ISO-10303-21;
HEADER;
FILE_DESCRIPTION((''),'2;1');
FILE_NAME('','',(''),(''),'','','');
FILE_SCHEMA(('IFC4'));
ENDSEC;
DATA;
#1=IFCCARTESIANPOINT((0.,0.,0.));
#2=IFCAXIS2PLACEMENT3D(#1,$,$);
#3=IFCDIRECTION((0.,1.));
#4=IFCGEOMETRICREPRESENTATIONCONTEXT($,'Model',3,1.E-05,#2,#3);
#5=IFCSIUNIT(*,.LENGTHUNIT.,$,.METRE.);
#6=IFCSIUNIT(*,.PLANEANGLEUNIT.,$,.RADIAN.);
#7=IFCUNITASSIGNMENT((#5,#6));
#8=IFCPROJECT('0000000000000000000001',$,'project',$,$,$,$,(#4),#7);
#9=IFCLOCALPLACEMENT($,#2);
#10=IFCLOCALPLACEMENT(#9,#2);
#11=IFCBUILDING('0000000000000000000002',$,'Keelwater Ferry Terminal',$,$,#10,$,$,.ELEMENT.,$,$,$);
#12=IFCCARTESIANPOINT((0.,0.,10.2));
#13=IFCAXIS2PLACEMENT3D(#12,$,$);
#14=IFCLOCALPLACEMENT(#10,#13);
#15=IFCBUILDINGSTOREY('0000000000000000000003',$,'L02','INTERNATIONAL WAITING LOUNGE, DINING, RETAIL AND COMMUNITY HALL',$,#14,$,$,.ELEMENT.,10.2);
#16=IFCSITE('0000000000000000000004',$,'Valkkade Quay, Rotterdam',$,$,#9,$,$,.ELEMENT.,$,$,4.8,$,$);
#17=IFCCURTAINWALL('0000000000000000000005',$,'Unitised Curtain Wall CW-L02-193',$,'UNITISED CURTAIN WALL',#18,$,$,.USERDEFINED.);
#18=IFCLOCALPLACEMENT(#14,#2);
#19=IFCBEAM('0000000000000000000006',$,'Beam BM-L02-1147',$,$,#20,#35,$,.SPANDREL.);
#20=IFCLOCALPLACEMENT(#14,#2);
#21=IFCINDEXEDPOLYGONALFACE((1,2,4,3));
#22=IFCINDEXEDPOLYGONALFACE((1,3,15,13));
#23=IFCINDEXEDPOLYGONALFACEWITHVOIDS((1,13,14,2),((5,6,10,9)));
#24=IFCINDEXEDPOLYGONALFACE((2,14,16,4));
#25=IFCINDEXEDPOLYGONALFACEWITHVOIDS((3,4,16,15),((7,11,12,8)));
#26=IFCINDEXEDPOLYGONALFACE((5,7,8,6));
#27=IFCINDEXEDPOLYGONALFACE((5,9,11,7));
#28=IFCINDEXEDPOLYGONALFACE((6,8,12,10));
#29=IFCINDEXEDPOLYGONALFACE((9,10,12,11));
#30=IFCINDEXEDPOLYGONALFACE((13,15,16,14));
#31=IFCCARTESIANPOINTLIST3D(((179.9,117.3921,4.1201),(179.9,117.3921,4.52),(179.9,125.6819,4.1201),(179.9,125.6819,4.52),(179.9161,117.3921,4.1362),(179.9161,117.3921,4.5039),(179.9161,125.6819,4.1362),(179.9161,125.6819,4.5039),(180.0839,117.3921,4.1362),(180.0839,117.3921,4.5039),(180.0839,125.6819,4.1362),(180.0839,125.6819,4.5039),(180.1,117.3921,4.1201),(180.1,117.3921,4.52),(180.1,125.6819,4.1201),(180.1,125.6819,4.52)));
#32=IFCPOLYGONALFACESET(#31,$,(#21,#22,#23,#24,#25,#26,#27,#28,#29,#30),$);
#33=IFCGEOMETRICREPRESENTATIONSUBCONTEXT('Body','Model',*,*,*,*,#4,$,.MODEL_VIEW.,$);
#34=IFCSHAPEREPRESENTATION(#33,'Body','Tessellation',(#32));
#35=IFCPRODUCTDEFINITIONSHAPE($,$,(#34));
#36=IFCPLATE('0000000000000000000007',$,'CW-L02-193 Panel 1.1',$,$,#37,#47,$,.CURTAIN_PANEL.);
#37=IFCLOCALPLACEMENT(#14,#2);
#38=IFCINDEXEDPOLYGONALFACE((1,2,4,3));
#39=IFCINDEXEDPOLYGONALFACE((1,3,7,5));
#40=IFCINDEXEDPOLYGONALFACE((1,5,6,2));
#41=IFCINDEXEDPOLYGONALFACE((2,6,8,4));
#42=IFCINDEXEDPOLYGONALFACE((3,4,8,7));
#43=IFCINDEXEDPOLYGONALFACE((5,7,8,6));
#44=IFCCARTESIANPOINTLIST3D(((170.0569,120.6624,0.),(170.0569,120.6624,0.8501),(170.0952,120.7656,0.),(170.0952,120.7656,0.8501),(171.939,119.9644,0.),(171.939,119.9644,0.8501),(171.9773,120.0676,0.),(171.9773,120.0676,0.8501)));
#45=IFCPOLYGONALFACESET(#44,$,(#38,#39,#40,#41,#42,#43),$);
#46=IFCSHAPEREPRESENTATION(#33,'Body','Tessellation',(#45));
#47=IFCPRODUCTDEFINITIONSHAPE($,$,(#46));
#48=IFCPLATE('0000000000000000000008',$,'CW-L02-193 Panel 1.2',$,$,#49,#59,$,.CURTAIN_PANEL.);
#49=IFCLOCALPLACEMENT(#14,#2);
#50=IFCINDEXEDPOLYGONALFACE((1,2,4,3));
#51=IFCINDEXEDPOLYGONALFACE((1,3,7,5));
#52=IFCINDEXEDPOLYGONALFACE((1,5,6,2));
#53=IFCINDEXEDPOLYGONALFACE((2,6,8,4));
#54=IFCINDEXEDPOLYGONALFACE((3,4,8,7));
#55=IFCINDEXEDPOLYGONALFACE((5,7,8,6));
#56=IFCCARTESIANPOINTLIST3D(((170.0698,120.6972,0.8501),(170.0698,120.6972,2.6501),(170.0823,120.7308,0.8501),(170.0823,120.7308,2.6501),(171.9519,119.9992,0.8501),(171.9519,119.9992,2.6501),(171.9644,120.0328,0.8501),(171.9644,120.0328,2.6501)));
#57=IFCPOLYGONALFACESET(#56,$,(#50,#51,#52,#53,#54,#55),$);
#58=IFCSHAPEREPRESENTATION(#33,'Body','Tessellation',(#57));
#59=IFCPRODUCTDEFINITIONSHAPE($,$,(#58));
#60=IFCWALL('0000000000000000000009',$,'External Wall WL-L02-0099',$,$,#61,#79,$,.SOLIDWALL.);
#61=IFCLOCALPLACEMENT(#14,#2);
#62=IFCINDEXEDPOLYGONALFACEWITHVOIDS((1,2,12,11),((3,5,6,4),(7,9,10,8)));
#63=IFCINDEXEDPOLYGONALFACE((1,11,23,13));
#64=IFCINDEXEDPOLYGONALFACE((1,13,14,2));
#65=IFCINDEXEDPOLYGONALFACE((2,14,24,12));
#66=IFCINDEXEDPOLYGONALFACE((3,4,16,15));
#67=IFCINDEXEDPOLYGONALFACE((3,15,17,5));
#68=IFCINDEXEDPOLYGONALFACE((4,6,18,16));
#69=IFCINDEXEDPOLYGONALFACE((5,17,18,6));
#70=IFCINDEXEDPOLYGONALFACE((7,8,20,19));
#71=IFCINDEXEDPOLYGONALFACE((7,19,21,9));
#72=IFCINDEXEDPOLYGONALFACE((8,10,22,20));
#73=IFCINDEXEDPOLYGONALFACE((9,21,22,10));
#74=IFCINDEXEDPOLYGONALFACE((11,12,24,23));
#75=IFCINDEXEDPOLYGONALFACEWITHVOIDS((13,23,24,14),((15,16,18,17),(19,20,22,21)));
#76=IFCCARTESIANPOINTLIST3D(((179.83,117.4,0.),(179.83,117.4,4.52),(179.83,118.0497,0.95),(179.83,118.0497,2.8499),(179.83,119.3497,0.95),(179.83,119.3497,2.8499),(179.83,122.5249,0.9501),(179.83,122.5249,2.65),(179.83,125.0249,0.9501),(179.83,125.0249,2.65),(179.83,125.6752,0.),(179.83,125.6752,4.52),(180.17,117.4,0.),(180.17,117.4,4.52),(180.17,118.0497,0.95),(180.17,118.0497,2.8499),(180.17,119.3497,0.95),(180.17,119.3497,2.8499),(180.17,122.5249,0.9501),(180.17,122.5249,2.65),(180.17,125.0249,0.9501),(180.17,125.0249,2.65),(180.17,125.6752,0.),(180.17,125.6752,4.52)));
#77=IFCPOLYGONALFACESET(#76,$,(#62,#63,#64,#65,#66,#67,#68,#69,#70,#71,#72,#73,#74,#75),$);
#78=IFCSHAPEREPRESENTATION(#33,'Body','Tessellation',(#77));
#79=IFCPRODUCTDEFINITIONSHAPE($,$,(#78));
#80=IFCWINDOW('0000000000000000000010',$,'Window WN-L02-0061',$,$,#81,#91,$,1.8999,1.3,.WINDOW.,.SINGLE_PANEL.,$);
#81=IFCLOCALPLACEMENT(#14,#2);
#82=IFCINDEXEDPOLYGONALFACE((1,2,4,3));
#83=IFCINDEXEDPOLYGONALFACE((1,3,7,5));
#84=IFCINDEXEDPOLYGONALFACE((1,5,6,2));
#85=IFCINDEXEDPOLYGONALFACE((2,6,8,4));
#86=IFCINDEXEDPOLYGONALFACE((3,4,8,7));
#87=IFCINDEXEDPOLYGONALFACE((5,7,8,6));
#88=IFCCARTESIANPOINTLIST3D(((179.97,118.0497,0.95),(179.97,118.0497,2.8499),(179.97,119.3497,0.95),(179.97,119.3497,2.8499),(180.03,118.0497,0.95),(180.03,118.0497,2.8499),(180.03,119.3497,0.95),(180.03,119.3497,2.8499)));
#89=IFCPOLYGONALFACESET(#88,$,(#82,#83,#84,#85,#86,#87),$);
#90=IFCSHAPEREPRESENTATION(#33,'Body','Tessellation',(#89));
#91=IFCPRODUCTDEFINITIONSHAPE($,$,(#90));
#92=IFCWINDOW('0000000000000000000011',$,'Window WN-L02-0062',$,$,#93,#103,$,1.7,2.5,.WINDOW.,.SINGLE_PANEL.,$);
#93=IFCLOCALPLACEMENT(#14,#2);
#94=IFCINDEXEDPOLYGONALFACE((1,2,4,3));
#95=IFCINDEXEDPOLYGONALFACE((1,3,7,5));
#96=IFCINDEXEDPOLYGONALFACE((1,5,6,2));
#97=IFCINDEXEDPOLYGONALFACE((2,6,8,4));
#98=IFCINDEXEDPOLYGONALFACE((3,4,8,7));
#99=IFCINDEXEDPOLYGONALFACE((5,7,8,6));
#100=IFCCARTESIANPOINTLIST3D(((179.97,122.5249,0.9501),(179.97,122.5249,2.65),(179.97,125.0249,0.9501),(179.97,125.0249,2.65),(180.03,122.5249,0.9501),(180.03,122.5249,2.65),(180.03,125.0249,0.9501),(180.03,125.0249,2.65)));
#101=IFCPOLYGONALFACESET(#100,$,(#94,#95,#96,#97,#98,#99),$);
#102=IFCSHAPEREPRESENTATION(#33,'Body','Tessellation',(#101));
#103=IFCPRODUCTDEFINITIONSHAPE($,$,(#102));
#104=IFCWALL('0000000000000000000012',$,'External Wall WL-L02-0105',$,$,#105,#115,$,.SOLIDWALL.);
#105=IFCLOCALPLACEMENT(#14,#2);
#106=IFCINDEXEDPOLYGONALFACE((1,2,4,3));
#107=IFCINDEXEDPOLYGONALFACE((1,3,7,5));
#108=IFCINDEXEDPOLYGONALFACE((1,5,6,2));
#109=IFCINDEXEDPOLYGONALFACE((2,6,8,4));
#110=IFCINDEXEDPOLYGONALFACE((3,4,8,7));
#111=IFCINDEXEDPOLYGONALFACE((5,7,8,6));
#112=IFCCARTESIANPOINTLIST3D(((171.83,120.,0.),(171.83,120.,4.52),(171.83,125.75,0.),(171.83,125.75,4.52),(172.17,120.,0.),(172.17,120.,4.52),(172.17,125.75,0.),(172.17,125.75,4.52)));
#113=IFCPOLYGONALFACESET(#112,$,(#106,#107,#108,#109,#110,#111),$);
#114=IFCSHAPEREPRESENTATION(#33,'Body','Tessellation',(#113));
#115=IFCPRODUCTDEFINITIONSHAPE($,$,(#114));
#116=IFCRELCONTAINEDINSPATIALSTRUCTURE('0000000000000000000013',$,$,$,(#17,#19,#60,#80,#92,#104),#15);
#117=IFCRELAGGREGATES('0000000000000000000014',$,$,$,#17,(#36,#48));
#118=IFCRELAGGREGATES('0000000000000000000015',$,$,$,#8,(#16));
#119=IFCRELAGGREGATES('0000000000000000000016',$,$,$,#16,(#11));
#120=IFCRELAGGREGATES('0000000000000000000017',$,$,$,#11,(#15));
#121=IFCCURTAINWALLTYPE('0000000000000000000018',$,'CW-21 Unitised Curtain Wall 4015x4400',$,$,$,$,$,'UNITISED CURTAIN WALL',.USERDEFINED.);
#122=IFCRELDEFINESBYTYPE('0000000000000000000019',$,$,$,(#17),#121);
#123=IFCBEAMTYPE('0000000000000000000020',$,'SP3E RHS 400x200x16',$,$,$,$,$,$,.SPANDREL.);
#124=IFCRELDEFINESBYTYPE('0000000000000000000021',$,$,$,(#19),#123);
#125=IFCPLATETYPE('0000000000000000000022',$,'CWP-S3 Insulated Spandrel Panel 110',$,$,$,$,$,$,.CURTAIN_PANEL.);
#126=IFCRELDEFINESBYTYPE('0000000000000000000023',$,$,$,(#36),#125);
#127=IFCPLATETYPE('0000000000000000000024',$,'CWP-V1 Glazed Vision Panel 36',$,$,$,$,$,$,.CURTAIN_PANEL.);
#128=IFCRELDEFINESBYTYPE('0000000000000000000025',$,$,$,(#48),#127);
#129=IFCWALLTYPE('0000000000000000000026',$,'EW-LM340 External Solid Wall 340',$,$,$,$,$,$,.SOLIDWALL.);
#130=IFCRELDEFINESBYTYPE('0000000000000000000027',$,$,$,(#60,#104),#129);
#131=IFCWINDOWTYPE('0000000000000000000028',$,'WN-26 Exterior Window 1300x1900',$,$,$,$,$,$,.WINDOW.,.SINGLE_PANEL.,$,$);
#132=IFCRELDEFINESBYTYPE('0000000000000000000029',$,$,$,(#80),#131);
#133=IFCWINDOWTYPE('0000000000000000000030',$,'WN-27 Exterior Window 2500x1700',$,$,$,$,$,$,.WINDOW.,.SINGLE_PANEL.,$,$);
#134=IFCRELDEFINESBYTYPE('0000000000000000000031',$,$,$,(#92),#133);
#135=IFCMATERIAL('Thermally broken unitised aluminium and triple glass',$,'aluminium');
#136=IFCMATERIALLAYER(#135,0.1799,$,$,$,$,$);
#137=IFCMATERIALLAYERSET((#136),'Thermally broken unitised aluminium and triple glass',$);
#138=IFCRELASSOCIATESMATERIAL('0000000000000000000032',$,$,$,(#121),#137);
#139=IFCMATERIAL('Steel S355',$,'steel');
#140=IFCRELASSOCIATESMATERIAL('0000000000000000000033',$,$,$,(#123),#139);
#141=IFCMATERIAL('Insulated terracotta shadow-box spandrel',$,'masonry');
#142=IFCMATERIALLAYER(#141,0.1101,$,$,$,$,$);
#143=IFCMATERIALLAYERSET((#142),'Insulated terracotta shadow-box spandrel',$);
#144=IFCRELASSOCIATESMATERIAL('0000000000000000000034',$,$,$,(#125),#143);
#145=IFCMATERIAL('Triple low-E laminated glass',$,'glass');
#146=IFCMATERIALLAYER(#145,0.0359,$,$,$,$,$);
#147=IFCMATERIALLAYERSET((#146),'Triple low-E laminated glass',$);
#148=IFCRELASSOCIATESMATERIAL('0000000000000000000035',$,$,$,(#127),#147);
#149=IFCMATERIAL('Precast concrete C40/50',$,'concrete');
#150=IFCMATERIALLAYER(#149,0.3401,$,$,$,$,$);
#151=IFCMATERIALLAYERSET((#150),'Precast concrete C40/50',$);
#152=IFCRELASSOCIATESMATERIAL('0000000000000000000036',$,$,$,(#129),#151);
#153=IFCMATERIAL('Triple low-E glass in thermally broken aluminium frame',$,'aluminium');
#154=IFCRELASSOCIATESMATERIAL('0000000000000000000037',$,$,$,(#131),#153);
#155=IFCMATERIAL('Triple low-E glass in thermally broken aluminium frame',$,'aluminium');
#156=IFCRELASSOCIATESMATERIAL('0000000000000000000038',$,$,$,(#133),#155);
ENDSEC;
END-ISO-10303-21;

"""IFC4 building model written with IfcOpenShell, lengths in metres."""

from ifc_helpers import new_model, si_unit, direction, frame, frame_2d, origin, origin_2d, place, context, subcontext, project, spatial, rectangle, hollow_rectangle, extrude, material, layer, layer_set, material_profile, profile_set, type_object, element, fill, aggregate, save


model = new_model("IFC4")

# Units and contexts
model_context = context("Model", 3, precision=1e-05, world=origin(), true_north=direction((0.0, 1.0)))
body_context = subcontext(model_context, "Body", "Model", "MODEL_VIEW")
ifc_project = project(units=[si_unit("LENGTHUNIT", "METRE"), si_unit("PLANEANGLEUNIT", "RADIAN")], contexts=[model_context])

# Site, building, storey
site_placement = place(None, origin())
site = spatial("IfcSite", under=ifc_project, at=site_placement, Name="Valkkade Quay, Rotterdam", CompositionType="ELEMENT", RefElevation=4.8)
building_placement = place(site_placement, origin())
building = spatial("IfcBuilding", under=site, at=building_placement, Name="Keelwater Ferry Terminal", CompositionType="ELEMENT")
storey_placement = place(building_placement, frame((0.0, 0.0, 10.2)))
storey = spatial("IfcBuildingStorey", under=building, at=storey_placement, Name="L02", Description="INTERNATIONAL WAITING LOUNGE, DINING, RETAIL AND COMMUNITY HALL", CompositionType="ELEMENT", Elevation=10.2)

# Curtain wall
ifc_material_1 = material(Name="Thermally broken unitised aluminium and triple glass", Category="aluminium")
ifc_layer_1 = layer(ifc_material_1, 0.1799)
ifc_layer_set_1 = layer_set([ifc_layer_1], Name="Thermally broken unitised aluminium and triple glass")
curtain_wall_type = type_object("IfcCurtainWallType", Name="CW-21 Unitised Curtain Wall 4015x4400", ElementType="UNITISED CURTAIN WALL", PredefinedType="USERDEFINED", material=ifc_layer_set_1)
curtain_wall_placement = place(storey_placement, origin())
curtain_wall = element("IfcCurtainWall", 1, at=curtain_wall_placement, inside=storey, type_object=curtain_wall_type, Name="Unitised Curtain Wall CW-L02-193", ObjectType="UNITISED CURTAIN WALL", PredefinedType="USERDEFINED")

# Beam
ifc_material_2 = material(Name="Steel S355", Category="steel")
ifc_material_profile_1 = material_profile(ifc_material_2, hollow_rectangle(XDim=0.2, YDim=0.3999, WallThickness=0.0161, at=origin_2d()), Name="RHS 400x200x16")
ifc_profile_set_1 = profile_set([ifc_material_profile_1], Name="Steel S355")
beam_type_1 = type_object("IfcBeamType", Name="SP3E RHS 400x200x16", PredefinedType="SPANDREL", material=ifc_profile_set_1)
beam_1_placement = place(storey_placement, frame((180.0, 117.3921, 4.3201), z_axis=(0.0, 1.0, 0.0), x_axis=(-1.0, 0.0, 0.0)))
element("IfcBeam", 2, at=beam_1_placement, inside=storey, type_object=beam_type_1, Name="Beam BM-L02-1147", PredefinedType="SPANDREL", context=body_context, shape_type="SweptSolid", body=[
    extrude(hollow_rectangle(XDim=0.2, YDim=0.3999, WallThickness=0.0161, at=origin_2d()), origin(), (0.0, 0.0, 1.0), 8.2898),
])

# Plates
ifc_material_3 = material(Name="Insulated terracotta shadow-box spandrel", Category="masonry")
ifc_layer_2 = layer(ifc_material_3, 0.1101)
ifc_layer_set_2 = layer_set([ifc_layer_2], Name="Insulated terracotta shadow-box spandrel")
plate_type_1 = type_object("IfcPlateType", Name="CWP-S3 Insulated Spandrel Panel 110", PredefinedType="CURTAIN_PANEL", material=ifc_layer_set_2)
plate_1_placement = place(storey_placement, frame((171.0171, 120.365, 0.0), z_axis=(0.0, 0.0, 1.0), x_axis=(-0.937592, 0.347736, 0.0)))
plate_1 = element("IfcPlate", 3, at=plate_1_placement, type_object=plate_type_1, Name="CW-L02-193 Panel 1.1", PredefinedType="CURTAIN_PANEL", context=body_context, shape_type="SweptSolid", body=[
    extrude(rectangle(XDim=2.0073, YDim=0.1101, at=origin_2d()), origin(), (0.0, 0.0, 1.0), 0.8501),
])
ifc_material_4 = material(Name="Triple low-E laminated glass", Category="glass")
ifc_layer_3 = layer(ifc_material_4, 0.0359)
ifc_layer_set_3 = layer_set([ifc_layer_3], Name="Triple low-E laminated glass")
plate_type_2 = type_object("IfcPlateType", Name="CWP-V1 Glazed Vision Panel 36", PredefinedType="CURTAIN_PANEL", material=ifc_layer_set_3)
plate_2_placement = place(storey_placement, frame((171.0171, 120.365, 0.8501), z_axis=(0.0, 0.0, 1.0), x_axis=(-0.937592, 0.347736, 0.0)))
plate_2 = element("IfcPlate", 4, at=plate_2_placement, type_object=plate_type_2, Name="CW-L02-193 Panel 1.2", PredefinedType="CURTAIN_PANEL", context=body_context, shape_type="SweptSolid", body=[
    extrude(rectangle(XDim=2.0073, YDim=0.0359, at=origin_2d()), origin(), (0.0, 0.0, 1.0), 1.8),
])
aggregate(curtain_wall, [plate_1, plate_2])

# Wall, openings, windows
ifc_material_5 = material(Name="Precast concrete C40/50", Category="concrete")
ifc_layer_4 = layer(ifc_material_5, 0.3401)
ifc_layer_set_4 = layer_set([ifc_layer_4], Name="Precast concrete C40/50")
wall_type = type_object("IfcWallType", Name="EW-LM340 External Solid Wall 340", PredefinedType="SOLIDWALL", material=ifc_layer_set_4)
wall_1_placement = place(storey_placement, frame((180.0, 117.3999, 0.0), z_axis=(0.0, 0.0, 1.0), x_axis=(0.0, 1.0, 0.0)))
wall_1 = element("IfcWall", 5, at=wall_1_placement, inside=storey, type_object=wall_type, Name="External Wall WL-L02-0099", PredefinedType="SOLIDWALL", context=body_context, shape_type="SweptSolid", body=[
    extrude(rectangle(XDim=8.2751, YDim=0.3401, at=frame_2d((4.1377, 0.0))), origin(), (0.0, 0.0, 1.0), 4.52),
])
opening_1_placement = place(wall_1_placement, frame((0.6499, 0.0, 0.95)))
opening_1 = element("IfcOpeningElement", 6, at=opening_1_placement, cuts=wall_1, PredefinedType="OPENING", context=body_context, shape_type="SweptSolid", body=[
    extrude(rectangle(XDim=1.3, YDim=1.8999, at=frame_2d((0.6499, 0.95))), frame((0.0, 0.1799, 0.0), z_axis=(0.0, -1.0, 0.0), x_axis=(1.0, 0.0, 0.0)), (0.0, 0.0, 1.0), 0.3601),
])
opening_2_placement = place(wall_1_placement, frame((5.125, 0.0, 0.95)))
opening_2 = element("IfcOpeningElement", 7, at=opening_2_placement, cuts=wall_1, PredefinedType="OPENING", context=body_context, shape_type="SweptSolid", body=[
    extrude(rectangle(XDim=2.5, YDim=1.7, at=frame_2d((1.25, 0.8501))), frame((0.0, 0.1799, 0.0), z_axis=(0.0, -1.0, 0.0), x_axis=(1.0, 0.0, 0.0)), (0.0, 0.0, 1.0), 0.3601),
])
ifc_material_6 = material(Name="Triple low-E glass in thermally broken aluminium frame", Category="aluminium")
window_type_1 = type_object("IfcWindowType", Name="WN-26 Exterior Window 1300x1900", PartitioningType="SINGLE_PANEL", PredefinedType="WINDOW", material=ifc_material_6)
window_1_placement = place(opening_1_placement, origin())
window_1 = element("IfcWindow", 8, at=window_1_placement, inside=storey, type_object=window_type_1, Name="Window WN-L02-0061", OverallHeight=1.8999, OverallWidth=1.3, PartitioningType="SINGLE_PANEL", PredefinedType="WINDOW", context=body_context, shape_type="SweptSolid", body=[
    extrude(rectangle(XDim=1.3, YDim=1.8999, at=frame_2d((0.6499, 0.95))), frame((0.0, 0.03, 0.0), z_axis=(0.0, -1.0, 0.0), x_axis=(1.0, 0.0, 0.0)), (0.0, 0.0, 1.0), 0.0601),
])
fill(opening_1, window_1)
ifc_material_7 = material(Name="Triple low-E glass in thermally broken aluminium frame", Category="aluminium")
window_type_2 = type_object("IfcWindowType", Name="WN-27 Exterior Window 2500x1700", PartitioningType="SINGLE_PANEL", PredefinedType="WINDOW", material=ifc_material_7)
window_2_placement = place(opening_2_placement, origin())
window_2 = element("IfcWindow", 9, at=window_2_placement, inside=storey, type_object=window_type_2, Name="Window WN-L02-0062", OverallHeight=1.7, OverallWidth=2.5, PartitioningType="SINGLE_PANEL", PredefinedType="WINDOW", context=body_context, shape_type="SweptSolid", body=[
    extrude(rectangle(XDim=2.5, YDim=1.7, at=frame_2d((1.25, 0.8501))), frame((0.0, 0.03, 0.0), z_axis=(0.0, -1.0, 0.0), x_axis=(1.0, 0.0, 0.0)), (0.0, 0.0, 1.0), 0.0601),
])
fill(opening_2, window_2)

# Wall
wall_2_placement = place(storey_placement, frame((172.0, 120.0, 0.0), z_axis=(0.0, 0.0, 1.0), x_axis=(0.0, 1.0, 0.0)))
element("IfcWall", 10, at=wall_2_placement, inside=storey, type_object=wall_type, Name="External Wall WL-L02-0105", PredefinedType="SOLIDWALL", context=body_context, shape_type="SweptSolid", body=[
    extrude(rectangle(XDim=5.75, YDim=0.3401, at=frame_2d((2.875, 0.0))), origin(), (0.0, 0.0, 1.0), 4.52),
])

save(model, "model.ifc")
